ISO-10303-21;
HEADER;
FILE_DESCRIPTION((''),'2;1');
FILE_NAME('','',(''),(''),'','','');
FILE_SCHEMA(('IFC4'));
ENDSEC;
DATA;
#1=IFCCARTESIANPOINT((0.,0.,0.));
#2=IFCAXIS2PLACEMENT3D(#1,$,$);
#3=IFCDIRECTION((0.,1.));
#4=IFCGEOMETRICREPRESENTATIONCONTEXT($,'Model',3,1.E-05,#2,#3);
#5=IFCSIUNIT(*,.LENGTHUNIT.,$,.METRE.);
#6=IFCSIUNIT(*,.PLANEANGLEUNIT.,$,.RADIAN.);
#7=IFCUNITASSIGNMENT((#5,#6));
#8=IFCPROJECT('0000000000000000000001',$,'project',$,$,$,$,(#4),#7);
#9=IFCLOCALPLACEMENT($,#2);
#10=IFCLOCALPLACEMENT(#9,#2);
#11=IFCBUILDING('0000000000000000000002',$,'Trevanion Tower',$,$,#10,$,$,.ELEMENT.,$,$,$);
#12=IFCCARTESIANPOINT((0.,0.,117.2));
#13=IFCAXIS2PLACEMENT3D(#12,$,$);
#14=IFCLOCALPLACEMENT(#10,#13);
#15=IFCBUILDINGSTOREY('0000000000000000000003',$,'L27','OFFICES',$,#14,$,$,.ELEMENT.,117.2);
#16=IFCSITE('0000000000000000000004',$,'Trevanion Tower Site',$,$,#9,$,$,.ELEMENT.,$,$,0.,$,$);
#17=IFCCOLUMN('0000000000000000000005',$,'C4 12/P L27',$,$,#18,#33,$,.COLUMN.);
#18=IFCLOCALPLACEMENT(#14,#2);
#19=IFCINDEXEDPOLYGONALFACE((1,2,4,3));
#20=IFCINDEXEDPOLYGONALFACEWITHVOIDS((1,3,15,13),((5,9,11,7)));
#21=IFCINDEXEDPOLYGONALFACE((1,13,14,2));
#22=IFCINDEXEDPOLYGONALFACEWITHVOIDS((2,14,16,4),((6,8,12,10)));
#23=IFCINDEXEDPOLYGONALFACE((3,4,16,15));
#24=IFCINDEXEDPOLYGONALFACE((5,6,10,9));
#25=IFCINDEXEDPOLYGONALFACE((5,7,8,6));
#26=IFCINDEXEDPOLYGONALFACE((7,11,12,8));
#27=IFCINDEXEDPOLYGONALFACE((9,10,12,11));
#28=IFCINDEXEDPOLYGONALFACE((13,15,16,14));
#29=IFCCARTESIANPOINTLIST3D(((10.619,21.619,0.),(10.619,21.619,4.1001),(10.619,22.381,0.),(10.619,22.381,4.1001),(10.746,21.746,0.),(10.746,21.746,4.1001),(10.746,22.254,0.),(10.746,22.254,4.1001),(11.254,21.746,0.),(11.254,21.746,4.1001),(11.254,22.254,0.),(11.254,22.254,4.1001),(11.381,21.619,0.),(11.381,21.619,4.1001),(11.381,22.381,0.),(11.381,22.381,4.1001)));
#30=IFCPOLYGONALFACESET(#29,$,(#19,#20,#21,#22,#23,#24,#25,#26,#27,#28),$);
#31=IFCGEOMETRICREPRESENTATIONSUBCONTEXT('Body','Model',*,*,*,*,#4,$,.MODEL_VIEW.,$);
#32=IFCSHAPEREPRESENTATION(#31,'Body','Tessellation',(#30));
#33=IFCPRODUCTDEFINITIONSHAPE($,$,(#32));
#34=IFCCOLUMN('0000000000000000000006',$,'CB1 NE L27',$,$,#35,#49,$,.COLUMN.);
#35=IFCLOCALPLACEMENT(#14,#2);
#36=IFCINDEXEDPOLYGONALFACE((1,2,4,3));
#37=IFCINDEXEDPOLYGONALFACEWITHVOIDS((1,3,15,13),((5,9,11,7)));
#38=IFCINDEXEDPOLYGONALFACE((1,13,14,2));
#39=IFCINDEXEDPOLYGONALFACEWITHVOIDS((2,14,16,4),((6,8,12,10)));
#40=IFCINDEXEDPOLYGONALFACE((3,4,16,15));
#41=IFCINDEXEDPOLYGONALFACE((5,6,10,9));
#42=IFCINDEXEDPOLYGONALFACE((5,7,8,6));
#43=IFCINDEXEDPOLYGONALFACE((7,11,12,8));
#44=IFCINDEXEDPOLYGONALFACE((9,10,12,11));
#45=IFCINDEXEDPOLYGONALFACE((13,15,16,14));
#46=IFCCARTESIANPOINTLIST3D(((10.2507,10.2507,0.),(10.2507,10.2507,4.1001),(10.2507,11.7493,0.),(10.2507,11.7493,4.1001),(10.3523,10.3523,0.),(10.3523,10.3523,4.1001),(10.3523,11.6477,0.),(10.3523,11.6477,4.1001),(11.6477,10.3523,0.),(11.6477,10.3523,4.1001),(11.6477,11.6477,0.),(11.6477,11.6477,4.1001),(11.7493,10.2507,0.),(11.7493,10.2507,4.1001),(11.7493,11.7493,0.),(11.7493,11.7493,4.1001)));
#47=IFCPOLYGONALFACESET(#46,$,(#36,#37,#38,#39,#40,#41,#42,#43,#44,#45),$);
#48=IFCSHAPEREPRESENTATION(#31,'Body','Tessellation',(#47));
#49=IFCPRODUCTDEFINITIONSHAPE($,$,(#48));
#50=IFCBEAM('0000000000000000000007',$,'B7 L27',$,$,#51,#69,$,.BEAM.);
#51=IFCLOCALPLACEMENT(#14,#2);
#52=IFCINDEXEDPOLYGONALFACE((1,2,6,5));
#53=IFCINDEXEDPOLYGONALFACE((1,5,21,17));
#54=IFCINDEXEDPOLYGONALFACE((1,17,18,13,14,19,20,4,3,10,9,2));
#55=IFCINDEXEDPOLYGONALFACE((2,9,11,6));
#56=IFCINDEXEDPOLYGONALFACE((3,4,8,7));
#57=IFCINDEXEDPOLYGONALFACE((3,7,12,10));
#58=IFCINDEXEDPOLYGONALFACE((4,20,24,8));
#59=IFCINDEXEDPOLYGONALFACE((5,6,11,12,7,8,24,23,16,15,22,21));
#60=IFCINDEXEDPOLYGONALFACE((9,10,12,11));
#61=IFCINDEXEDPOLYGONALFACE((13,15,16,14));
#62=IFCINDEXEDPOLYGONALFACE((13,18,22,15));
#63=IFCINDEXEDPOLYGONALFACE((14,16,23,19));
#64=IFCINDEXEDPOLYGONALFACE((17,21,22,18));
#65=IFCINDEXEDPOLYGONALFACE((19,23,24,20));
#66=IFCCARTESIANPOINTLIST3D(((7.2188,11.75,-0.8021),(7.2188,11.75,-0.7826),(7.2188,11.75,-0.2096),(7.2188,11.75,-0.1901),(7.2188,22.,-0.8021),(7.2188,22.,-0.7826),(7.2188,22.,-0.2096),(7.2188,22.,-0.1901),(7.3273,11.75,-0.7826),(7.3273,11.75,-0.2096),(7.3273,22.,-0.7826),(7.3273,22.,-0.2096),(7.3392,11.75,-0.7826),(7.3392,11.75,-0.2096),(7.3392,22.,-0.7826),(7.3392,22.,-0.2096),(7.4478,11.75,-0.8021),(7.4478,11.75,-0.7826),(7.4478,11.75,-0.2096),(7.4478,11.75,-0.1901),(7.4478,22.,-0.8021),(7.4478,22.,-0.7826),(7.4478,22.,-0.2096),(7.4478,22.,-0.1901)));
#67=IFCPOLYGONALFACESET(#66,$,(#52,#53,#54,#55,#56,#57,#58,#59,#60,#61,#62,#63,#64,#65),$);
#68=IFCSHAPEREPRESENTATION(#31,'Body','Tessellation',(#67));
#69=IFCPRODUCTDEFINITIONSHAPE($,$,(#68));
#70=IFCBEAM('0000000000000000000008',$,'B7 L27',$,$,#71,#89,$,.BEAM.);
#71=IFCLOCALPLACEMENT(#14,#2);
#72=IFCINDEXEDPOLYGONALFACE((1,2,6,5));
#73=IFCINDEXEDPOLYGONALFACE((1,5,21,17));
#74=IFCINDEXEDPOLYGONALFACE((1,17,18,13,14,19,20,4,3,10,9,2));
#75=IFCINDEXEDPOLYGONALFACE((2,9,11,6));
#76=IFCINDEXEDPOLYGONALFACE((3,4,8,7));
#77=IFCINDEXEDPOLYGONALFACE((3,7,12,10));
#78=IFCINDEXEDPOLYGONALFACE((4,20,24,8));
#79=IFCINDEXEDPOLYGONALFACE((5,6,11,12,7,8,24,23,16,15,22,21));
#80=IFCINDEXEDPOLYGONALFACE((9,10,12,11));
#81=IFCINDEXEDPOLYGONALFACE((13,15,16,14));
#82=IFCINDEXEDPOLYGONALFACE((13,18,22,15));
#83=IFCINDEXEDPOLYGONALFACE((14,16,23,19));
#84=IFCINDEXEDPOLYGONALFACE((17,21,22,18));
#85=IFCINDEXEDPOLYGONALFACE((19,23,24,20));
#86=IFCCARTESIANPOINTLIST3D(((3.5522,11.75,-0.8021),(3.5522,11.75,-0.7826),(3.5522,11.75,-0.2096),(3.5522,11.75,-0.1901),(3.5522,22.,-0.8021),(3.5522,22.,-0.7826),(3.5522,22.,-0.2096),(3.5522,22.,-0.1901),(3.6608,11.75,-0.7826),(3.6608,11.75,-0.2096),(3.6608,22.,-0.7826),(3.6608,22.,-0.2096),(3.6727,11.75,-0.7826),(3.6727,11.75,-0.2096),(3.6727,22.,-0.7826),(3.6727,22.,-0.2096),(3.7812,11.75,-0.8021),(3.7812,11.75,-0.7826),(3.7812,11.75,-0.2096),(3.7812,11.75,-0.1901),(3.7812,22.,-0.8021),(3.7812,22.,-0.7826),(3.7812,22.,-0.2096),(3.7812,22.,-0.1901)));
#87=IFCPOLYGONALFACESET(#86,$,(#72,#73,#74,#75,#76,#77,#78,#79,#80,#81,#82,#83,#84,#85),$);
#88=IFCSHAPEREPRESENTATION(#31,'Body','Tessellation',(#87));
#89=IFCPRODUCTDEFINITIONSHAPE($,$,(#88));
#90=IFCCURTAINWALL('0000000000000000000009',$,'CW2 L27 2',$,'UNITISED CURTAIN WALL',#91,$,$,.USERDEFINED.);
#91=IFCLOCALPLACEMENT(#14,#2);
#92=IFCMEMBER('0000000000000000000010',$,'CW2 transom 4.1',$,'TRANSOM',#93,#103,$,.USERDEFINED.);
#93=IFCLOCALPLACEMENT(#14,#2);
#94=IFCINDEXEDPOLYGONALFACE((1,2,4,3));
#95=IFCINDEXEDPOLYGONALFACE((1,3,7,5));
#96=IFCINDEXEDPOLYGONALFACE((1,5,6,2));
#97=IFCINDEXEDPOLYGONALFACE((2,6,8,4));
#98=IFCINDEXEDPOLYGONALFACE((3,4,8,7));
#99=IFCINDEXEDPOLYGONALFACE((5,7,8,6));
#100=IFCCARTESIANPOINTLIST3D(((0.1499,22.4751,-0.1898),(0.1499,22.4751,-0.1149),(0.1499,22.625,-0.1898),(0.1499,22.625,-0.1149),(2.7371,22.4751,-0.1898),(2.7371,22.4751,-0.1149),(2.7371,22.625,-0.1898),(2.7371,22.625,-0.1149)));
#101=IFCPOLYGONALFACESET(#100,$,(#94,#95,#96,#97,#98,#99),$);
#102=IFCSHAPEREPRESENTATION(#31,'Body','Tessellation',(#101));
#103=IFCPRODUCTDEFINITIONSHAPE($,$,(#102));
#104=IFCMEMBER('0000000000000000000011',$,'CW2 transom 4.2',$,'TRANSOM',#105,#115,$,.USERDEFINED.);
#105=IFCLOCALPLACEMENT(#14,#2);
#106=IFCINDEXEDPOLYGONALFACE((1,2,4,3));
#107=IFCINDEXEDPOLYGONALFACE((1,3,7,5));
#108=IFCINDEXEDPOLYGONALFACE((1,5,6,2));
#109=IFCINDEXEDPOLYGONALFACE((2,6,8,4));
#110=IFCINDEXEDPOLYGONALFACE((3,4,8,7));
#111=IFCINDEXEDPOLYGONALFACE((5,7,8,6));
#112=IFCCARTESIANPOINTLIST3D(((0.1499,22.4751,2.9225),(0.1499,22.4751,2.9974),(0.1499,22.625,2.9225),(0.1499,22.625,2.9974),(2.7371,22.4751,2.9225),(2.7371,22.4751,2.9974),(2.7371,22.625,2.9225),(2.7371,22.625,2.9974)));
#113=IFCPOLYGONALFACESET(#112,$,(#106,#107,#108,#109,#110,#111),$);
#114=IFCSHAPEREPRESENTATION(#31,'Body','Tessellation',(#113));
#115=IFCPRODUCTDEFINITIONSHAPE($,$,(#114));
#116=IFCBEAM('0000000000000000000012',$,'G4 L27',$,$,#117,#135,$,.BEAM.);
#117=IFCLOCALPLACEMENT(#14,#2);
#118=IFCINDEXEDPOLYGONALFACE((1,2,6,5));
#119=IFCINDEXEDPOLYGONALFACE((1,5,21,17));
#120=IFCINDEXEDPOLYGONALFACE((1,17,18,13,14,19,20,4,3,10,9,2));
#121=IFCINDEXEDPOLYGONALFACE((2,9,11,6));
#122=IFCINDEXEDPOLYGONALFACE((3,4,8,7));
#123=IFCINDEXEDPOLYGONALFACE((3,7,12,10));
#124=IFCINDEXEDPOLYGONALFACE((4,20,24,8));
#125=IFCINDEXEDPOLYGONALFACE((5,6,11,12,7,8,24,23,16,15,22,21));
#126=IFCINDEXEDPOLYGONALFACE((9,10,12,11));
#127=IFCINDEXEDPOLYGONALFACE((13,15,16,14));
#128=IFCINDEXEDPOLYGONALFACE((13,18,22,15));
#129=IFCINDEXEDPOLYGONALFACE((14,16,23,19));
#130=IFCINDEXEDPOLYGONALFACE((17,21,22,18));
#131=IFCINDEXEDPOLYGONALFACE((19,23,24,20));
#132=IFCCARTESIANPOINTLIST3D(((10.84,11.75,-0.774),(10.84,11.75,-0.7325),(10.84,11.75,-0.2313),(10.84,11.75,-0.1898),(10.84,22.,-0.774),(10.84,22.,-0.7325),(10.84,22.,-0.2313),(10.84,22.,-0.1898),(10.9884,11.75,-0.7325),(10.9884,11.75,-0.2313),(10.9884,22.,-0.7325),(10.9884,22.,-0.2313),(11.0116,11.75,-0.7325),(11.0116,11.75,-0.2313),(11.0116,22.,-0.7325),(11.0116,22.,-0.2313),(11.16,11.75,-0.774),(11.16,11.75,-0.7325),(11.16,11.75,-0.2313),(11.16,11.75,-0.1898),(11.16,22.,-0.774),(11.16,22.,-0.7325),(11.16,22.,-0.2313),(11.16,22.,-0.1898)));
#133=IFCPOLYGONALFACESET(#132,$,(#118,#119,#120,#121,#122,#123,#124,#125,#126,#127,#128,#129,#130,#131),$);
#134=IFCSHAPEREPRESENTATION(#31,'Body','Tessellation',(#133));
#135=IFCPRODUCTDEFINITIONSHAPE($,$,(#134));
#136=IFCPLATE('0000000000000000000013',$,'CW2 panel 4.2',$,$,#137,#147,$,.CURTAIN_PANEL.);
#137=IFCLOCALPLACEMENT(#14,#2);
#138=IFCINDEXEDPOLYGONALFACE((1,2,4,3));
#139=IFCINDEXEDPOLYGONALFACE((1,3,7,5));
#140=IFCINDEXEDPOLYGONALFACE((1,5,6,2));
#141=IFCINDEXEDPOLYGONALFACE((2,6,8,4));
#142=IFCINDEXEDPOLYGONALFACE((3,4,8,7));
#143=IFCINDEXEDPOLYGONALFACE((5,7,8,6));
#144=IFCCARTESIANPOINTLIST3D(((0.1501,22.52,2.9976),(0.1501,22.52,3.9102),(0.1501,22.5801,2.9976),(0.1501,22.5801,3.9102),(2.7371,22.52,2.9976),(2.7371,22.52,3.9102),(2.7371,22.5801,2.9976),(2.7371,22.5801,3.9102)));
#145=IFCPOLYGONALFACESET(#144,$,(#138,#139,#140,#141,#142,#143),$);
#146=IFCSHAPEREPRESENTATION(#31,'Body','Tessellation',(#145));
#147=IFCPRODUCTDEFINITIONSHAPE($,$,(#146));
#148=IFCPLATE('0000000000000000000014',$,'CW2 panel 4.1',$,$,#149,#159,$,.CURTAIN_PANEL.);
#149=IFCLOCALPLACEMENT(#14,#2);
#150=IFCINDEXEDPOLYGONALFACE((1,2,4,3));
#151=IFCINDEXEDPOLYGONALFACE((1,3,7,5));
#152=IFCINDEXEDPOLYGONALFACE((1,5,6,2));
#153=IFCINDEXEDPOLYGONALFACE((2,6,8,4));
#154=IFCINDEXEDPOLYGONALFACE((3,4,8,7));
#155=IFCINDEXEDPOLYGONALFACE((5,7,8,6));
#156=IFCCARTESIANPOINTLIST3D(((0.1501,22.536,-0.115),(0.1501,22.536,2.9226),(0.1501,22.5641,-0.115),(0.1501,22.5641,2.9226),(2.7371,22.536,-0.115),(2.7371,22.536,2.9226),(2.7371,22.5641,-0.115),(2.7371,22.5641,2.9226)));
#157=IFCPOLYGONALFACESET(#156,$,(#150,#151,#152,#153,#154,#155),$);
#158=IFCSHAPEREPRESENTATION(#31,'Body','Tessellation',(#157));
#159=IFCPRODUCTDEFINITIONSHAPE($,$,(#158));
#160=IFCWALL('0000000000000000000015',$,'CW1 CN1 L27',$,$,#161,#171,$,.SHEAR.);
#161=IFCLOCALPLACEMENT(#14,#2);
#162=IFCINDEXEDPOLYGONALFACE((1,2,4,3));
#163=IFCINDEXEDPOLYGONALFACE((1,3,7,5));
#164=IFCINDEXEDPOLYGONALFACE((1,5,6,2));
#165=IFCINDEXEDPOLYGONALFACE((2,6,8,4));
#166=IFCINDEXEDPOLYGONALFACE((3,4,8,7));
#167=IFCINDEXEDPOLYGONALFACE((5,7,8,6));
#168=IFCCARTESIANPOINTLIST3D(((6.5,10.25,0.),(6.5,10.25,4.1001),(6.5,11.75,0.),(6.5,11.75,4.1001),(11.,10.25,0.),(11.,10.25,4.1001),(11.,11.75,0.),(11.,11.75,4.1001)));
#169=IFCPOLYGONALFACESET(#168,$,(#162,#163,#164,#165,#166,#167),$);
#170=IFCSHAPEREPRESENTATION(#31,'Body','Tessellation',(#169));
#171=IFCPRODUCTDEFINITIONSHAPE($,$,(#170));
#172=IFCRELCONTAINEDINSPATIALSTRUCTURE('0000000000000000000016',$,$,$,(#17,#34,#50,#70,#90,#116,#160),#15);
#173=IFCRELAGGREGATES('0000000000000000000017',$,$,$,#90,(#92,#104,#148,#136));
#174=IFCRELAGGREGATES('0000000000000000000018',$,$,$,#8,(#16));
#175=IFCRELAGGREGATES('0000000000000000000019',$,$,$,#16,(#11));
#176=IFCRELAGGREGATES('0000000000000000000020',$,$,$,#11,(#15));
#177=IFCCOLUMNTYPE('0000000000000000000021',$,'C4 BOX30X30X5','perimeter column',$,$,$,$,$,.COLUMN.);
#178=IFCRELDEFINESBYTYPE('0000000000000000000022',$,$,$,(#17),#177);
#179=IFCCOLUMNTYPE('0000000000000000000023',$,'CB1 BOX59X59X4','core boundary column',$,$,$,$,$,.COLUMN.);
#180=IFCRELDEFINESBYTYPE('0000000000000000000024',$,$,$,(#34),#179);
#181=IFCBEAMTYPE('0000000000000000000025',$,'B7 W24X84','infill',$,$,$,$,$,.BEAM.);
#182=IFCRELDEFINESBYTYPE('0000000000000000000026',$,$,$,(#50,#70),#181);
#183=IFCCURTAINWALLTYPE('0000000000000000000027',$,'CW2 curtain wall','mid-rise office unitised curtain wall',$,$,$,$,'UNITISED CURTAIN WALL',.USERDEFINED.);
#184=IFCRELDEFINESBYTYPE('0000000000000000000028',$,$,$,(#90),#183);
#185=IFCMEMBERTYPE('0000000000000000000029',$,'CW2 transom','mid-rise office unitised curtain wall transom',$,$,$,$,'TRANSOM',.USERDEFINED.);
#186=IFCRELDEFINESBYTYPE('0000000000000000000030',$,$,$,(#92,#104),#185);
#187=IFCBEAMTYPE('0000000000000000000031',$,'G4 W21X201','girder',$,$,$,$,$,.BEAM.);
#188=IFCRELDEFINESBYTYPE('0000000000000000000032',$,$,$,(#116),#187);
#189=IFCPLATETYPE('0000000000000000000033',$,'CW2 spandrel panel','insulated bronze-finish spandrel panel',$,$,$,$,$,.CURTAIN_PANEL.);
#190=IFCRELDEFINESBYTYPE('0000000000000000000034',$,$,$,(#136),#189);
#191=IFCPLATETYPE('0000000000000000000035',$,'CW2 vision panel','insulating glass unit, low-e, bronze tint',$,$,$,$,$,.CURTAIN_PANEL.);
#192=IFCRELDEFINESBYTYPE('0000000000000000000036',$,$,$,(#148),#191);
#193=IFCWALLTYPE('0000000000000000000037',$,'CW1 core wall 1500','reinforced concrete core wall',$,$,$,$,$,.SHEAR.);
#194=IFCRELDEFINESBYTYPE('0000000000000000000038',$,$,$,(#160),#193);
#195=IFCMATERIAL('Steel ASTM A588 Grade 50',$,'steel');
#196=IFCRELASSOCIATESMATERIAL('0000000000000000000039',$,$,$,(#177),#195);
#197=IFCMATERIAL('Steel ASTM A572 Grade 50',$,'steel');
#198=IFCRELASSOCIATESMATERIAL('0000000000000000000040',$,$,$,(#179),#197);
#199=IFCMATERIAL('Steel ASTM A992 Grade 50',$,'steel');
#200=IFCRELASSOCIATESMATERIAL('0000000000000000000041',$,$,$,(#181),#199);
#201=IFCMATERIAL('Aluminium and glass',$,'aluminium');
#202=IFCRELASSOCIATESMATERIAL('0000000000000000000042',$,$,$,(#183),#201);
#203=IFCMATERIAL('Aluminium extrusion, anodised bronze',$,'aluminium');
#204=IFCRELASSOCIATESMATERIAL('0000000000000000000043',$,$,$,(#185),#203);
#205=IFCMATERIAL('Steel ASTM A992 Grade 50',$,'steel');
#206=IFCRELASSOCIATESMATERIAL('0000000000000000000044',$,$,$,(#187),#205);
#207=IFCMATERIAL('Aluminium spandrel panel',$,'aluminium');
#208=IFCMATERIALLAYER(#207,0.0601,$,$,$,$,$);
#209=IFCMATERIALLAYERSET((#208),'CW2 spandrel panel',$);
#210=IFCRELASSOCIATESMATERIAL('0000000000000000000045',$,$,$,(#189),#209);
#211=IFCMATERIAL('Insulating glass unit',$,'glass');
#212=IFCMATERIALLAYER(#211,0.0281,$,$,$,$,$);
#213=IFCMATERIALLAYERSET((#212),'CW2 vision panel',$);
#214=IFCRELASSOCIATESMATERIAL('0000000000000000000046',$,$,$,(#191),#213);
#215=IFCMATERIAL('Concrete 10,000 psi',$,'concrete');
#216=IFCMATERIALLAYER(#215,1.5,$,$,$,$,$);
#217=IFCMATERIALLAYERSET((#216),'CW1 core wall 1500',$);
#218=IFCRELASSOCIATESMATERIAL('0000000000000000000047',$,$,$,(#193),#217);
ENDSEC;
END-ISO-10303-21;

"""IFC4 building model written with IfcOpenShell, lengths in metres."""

from ifc_helpers import new_model, si_unit, direction, frame, frame_2d, origin, origin_2d, place, context, subcontext, project, spatial, rectangle, hollow_rectangle, i_section, extrude, material, layer, layer_set, material_profile, profile_set, type_object, element, aggregate, save


model = new_model("IFC4")

# Units and contexts
model_context = context("Model", 3, precision=1e-05, world=origin(), true_north=direction((0.0, 1.0)))
body_context = subcontext(model_context, "Body", "Model", "MODEL_VIEW")
ifc_project = project(units=[si_unit("LENGTHUNIT", "METRE"), si_unit("PLANEANGLEUNIT", "RADIAN")], contexts=[model_context])

# Site, building, storey
site_placement = place(None, origin())
site = spatial("IfcSite", under=ifc_project, at=site_placement, Name="Trevanion Tower Site", CompositionType="ELEMENT", RefElevation=0.0)
building_placement = place(site_placement, origin())
building = spatial("IfcBuilding", under=site, at=building_placement, Name="Trevanion Tower", CompositionType="ELEMENT")
storey_placement = place(building_placement, frame((0.0, 0.0, 117.2)))
storey = spatial("IfcBuildingStorey", under=building, at=storey_placement, Name="L27", Description="OFFICES", CompositionType="ELEMENT", Elevation=117.2)

# Columns
ifc_material_1 = material(Name="Steel ASTM A588 Grade 50", Category="steel")
ifc_material_profile_1 = material_profile(ifc_material_1, hollow_rectangle(XDim=0.762, YDim=0.762, WallThickness=0.127, at=origin_2d()), Name="BOX30X30X5")
ifc_profile_set_1 = profile_set([ifc_material_profile_1], Name="Steel ASTM A588 Grade 50")
column_type_1 = type_object("IfcColumnType", Name="C4 BOX30X30X5", Description="perimeter column", PredefinedType="COLUMN", material=ifc_profile_set_1)
column_1_placement = place(storey_placement, frame((11.0, 22.0, 0.0), z_axis=(0.0, 0.0, 1.0), x_axis=(1.0, 0.0, 0.0)))
element("IfcColumn", 1, at=column_1_placement, inside=storey, type_object=column_type_1, Name="C4 12/P L27", PredefinedType="COLUMN", context=body_context, shape_type="SweptSolid", body=[
    extrude(hollow_rectangle(XDim=0.762, YDim=0.762, WallThickness=0.127, at=origin_2d()), origin(), (0.0, 0.0, 1.0), 4.1001),
])
ifc_material_2 = material(Name="Steel ASTM A572 Grade 50", Category="steel")
ifc_material_profile_2 = material_profile(ifc_material_2, hollow_rectangle(XDim=1.4985, YDim=1.4985, WallThickness=0.1016, at=origin_2d()), Name="BOX59X59X4")
ifc_profile_set_2 = profile_set([ifc_material_profile_2], Name="Steel ASTM A572 Grade 50")
column_type_2 = type_object("IfcColumnType", Name="CB1 BOX59X59X4", Description="core boundary column", PredefinedType="COLUMN", material=ifc_profile_set_2)
column_2_placement = place(storey_placement, frame((11.0, 11.0, 0.0), z_axis=(0.0, 0.0, 1.0), x_axis=(1.0, 0.0, 0.0)))
element("IfcColumn", 2, at=column_2_placement, inside=storey, type_object=column_type_2, Name="CB1 NE L27", PredefinedType="COLUMN", context=body_context, shape_type="SweptSolid", body=[
    extrude(hollow_rectangle(XDim=1.4985, YDim=1.4985, WallThickness=0.1016, at=origin_2d()), origin(), (0.0, 0.0, 1.0), 4.1001),
])

# Beams
ifc_material_3 = material(Name="Steel ASTM A992 Grade 50", Category="steel")
ifc_material_profile_3 = material_profile(ifc_material_3, i_section(OverallWidth=0.229, OverallDepth=0.6121, WebThickness=0.012, FlangeThickness=0.0195, at=origin_2d()), Name="W24X84")
ifc_profile_set_3 = profile_set([ifc_material_profile_3], Name="Steel ASTM A992 Grade 50")
beam_type_1 = type_object("IfcBeamType", Name="B7 W24X84", Description="infill", PredefinedType="BEAM", material=ifc_profile_set_3)
for number, where, z_axis, x_axis, name in (
    (3, (7.3333, 11.75, -0.4961), (0.0, 1.0, 0.0), (-1.0, 0.0, 0.0), "B7 L27"),
    (4, (3.6667, 11.75, -0.4961), (0.0, 1.0, 0.0), (-1.0, 0.0, 0.0), "B7 L27"),
):
    element("IfcBeam", number, at=place(storey_placement, frame(where, z_axis=z_axis, x_axis=x_axis)), inside=storey, type_object=beam_type_1, Name=name, PredefinedType="BEAM", context=body_context, shape_type="SweptSolid", body=[
        extrude(i_section(OverallWidth=0.229, OverallDepth=0.6121, WebThickness=0.012, FlangeThickness=0.0195, at=origin_2d()), origin(), (0.0, 0.0, 1.0), 10.25),
    ])

# Curtain wall, members
ifc_material_4 = material(Name="Aluminium and glass", Category="aluminium")
curtain_wall_type = type_object("IfcCurtainWallType", Name="CW2 curtain wall", Description="mid-rise office unitised curtain wall", ElementType="UNITISED CURTAIN WALL", PredefinedType="USERDEFINED", material=ifc_material_4)
curtain_wall_placement = place(storey_placement, origin())
curtain_wall = element("IfcCurtainWall", 5, at=curtain_wall_placement, inside=storey, type_object=curtain_wall_type, Name="CW2 L27 2", ObjectType="UNITISED CURTAIN WALL", PredefinedType="USERDEFINED")
ifc_material_5 = material(Name="Aluminium extrusion, anodised bronze", Category="aluminium")
ifc_material_profile_4 = material_profile(ifc_material_5, rectangle(XDim=0.1499, YDim=0.075, at=origin_2d()), Name="CW2 transom")
ifc_profile_set_4 = profile_set([ifc_material_profile_4], Name="Aluminium extrusion, anodised bronze")
member_type = type_object("IfcMemberType", Name="CW2 transom", Description="mid-rise office unitised curtain wall transom", ElementType="TRANSOM", PredefinedType="USERDEFINED", material=ifc_profile_set_4)
member_1_placement = place(storey_placement, frame((2.7371, 22.55, -0.1523), z_axis=(-1.0, 0.0, 0.0), x_axis=(0.0, -1.0, 0.0)))
member_1 = element("IfcMember", 6, at=member_1_placement, type_object=member_type, Name="CW2 transom 4.1", ObjectType="TRANSOM", PredefinedType="USERDEFINED", context=body_context, shape_type="SweptSolid", body=[
    extrude(rectangle(XDim=0.1499, YDim=0.075, at=origin_2d()), origin(), (0.0, 0.0, 1.0), 2.5872),
])
member_2_placement = place(storey_placement, frame((2.7371, 22.55, 2.96), z_axis=(-1.0, 0.0, 0.0), x_axis=(0.0, -1.0, 0.0)))
member_2 = element("IfcMember", 7, at=member_2_placement, type_object=member_type, Name="CW2 transom 4.2", ObjectType="TRANSOM", PredefinedType="USERDEFINED", context=body_context, shape_type="SweptSolid", body=[
    extrude(rectangle(XDim=0.1499, YDim=0.075, at=origin_2d()), origin(), (0.0, 0.0, 1.0), 2.5872),
])

# Beam
ifc_material_6 = material(Name="Steel ASTM A992 Grade 50", Category="steel")
ifc_material_profile_5 = material_profile(ifc_material_6, i_section(OverallWidth=0.3201, OverallDepth=0.5842, WebThickness=0.0232, FlangeThickness=0.0415, at=origin_2d()), Name="W21X201")
ifc_profile_set_5 = profile_set([ifc_material_profile_5], Name="Steel ASTM A992 Grade 50")
beam_type_2 = type_object("IfcBeamType", Name="G4 W21X201", Description="girder", PredefinedType="BEAM", material=ifc_profile_set_5)
beam_placement = place(storey_placement, frame((11.0, 11.75, -0.4819), z_axis=(0.0, 1.0, 0.0), x_axis=(-1.0, 0.0, 0.0)))
element("IfcBeam", 8, at=beam_placement, inside=storey, type_object=beam_type_2, Name="G4 L27", PredefinedType="BEAM", context=body_context, shape_type="SweptSolid", body=[
    extrude(i_section(OverallWidth=0.3201, OverallDepth=0.5842, WebThickness=0.0232, FlangeThickness=0.0415, at=origin_2d()), origin(), (0.0, 0.0, 1.0), 10.25),
])

# Plates
ifc_material_7 = material(Name="Aluminium spandrel panel", Category="aluminium")
ifc_layer_1 = layer(ifc_material_7, 0.0601)
ifc_layer_set_1 = layer_set([ifc_layer_1], Name="CW2 spandrel panel")
plate_type_1 = type_object("IfcPlateType", Name="CW2 spandrel panel", Description="insulated bronze-finish spandrel panel", PredefinedType="CURTAIN_PANEL", material=ifc_layer_set_1)
plate_1_placement = place(storey_placement, frame((1.4436, 22.55, 2.9976), z_axis=(0.0, 0.0, 1.0), x_axis=(-1.0, 0.0, 0.0)))
plate_1 = element("IfcPlate", 9, at=plate_1_placement, type_object=plate_type_1, Name="CW2 panel 4.2", PredefinedType="CURTAIN_PANEL", context=body_context, shape_type="SweptSolid", body=[
    extrude(rectangle(XDim=2.5869, YDim=0.0601, at=origin_2d()), origin(), (0.0, 0.0, 1.0), 0.9126),
])
ifc_material_8 = material(Name="Insulating glass unit", Category="glass")
ifc_layer_2 = layer(ifc_material_8, 0.0281)
ifc_layer_set_2 = layer_set([ifc_layer_2], Name="CW2 vision panel")
plate_type_2 = type_object("IfcPlateType", Name="CW2 vision panel", Description="insulating glass unit, low-e, bronze tint", PredefinedType="CURTAIN_PANEL", material=ifc_layer_set_2)
plate_2_placement = place(storey_placement, frame((1.4436, 22.55, -0.115), z_axis=(0.0, 0.0, 1.0), x_axis=(-1.0, 0.0, 0.0)))
plate_2 = element("IfcPlate", 10, at=plate_2_placement, type_object=plate_type_2, Name="CW2 panel 4.1", PredefinedType="CURTAIN_PANEL", context=body_context, shape_type="SweptSolid", body=[
    extrude(rectangle(XDim=2.5869, YDim=0.0281, at=origin_2d()), origin(), (0.0, 0.0, 1.0), 3.0376),
])
aggregate(curtain_wall, [member_1, member_2, plate_2, plate_1])

# Wall
ifc_material_9 = material(Name="Concrete 10,000 psi", Category="concrete")
ifc_layer_3 = layer(ifc_material_9, 1.5)
ifc_layer_set_3 = layer_set([ifc_layer_3], Name="CW1 core wall 1500")
wall_type_1 = type_object("IfcWallType", Name="CW1 core wall 1500", Description="reinforced concrete core wall", PredefinedType="SHEAR", material=ifc_layer_set_3)
wall_1_placement = place(storey_placement, frame((11.0, 11.0, 0.0), z_axis=(0.0, 0.0, 1.0), x_axis=(-1.0, 0.0, 0.0)))
element("IfcWall", 11, at=wall_1_placement, inside=storey, type_object=wall_type_1, Name="CW1 CN1 L27", PredefinedType="SHEAR", context=body_context, shape_type="SweptSolid", body=[
    extrude(rectangle(XDim=4.5, YDim=1.5, at=frame_2d((2.25, 0.0))), origin(), (0.0, 0.0, 1.0), 4.1001),
])

save(model, "model.ifc")
